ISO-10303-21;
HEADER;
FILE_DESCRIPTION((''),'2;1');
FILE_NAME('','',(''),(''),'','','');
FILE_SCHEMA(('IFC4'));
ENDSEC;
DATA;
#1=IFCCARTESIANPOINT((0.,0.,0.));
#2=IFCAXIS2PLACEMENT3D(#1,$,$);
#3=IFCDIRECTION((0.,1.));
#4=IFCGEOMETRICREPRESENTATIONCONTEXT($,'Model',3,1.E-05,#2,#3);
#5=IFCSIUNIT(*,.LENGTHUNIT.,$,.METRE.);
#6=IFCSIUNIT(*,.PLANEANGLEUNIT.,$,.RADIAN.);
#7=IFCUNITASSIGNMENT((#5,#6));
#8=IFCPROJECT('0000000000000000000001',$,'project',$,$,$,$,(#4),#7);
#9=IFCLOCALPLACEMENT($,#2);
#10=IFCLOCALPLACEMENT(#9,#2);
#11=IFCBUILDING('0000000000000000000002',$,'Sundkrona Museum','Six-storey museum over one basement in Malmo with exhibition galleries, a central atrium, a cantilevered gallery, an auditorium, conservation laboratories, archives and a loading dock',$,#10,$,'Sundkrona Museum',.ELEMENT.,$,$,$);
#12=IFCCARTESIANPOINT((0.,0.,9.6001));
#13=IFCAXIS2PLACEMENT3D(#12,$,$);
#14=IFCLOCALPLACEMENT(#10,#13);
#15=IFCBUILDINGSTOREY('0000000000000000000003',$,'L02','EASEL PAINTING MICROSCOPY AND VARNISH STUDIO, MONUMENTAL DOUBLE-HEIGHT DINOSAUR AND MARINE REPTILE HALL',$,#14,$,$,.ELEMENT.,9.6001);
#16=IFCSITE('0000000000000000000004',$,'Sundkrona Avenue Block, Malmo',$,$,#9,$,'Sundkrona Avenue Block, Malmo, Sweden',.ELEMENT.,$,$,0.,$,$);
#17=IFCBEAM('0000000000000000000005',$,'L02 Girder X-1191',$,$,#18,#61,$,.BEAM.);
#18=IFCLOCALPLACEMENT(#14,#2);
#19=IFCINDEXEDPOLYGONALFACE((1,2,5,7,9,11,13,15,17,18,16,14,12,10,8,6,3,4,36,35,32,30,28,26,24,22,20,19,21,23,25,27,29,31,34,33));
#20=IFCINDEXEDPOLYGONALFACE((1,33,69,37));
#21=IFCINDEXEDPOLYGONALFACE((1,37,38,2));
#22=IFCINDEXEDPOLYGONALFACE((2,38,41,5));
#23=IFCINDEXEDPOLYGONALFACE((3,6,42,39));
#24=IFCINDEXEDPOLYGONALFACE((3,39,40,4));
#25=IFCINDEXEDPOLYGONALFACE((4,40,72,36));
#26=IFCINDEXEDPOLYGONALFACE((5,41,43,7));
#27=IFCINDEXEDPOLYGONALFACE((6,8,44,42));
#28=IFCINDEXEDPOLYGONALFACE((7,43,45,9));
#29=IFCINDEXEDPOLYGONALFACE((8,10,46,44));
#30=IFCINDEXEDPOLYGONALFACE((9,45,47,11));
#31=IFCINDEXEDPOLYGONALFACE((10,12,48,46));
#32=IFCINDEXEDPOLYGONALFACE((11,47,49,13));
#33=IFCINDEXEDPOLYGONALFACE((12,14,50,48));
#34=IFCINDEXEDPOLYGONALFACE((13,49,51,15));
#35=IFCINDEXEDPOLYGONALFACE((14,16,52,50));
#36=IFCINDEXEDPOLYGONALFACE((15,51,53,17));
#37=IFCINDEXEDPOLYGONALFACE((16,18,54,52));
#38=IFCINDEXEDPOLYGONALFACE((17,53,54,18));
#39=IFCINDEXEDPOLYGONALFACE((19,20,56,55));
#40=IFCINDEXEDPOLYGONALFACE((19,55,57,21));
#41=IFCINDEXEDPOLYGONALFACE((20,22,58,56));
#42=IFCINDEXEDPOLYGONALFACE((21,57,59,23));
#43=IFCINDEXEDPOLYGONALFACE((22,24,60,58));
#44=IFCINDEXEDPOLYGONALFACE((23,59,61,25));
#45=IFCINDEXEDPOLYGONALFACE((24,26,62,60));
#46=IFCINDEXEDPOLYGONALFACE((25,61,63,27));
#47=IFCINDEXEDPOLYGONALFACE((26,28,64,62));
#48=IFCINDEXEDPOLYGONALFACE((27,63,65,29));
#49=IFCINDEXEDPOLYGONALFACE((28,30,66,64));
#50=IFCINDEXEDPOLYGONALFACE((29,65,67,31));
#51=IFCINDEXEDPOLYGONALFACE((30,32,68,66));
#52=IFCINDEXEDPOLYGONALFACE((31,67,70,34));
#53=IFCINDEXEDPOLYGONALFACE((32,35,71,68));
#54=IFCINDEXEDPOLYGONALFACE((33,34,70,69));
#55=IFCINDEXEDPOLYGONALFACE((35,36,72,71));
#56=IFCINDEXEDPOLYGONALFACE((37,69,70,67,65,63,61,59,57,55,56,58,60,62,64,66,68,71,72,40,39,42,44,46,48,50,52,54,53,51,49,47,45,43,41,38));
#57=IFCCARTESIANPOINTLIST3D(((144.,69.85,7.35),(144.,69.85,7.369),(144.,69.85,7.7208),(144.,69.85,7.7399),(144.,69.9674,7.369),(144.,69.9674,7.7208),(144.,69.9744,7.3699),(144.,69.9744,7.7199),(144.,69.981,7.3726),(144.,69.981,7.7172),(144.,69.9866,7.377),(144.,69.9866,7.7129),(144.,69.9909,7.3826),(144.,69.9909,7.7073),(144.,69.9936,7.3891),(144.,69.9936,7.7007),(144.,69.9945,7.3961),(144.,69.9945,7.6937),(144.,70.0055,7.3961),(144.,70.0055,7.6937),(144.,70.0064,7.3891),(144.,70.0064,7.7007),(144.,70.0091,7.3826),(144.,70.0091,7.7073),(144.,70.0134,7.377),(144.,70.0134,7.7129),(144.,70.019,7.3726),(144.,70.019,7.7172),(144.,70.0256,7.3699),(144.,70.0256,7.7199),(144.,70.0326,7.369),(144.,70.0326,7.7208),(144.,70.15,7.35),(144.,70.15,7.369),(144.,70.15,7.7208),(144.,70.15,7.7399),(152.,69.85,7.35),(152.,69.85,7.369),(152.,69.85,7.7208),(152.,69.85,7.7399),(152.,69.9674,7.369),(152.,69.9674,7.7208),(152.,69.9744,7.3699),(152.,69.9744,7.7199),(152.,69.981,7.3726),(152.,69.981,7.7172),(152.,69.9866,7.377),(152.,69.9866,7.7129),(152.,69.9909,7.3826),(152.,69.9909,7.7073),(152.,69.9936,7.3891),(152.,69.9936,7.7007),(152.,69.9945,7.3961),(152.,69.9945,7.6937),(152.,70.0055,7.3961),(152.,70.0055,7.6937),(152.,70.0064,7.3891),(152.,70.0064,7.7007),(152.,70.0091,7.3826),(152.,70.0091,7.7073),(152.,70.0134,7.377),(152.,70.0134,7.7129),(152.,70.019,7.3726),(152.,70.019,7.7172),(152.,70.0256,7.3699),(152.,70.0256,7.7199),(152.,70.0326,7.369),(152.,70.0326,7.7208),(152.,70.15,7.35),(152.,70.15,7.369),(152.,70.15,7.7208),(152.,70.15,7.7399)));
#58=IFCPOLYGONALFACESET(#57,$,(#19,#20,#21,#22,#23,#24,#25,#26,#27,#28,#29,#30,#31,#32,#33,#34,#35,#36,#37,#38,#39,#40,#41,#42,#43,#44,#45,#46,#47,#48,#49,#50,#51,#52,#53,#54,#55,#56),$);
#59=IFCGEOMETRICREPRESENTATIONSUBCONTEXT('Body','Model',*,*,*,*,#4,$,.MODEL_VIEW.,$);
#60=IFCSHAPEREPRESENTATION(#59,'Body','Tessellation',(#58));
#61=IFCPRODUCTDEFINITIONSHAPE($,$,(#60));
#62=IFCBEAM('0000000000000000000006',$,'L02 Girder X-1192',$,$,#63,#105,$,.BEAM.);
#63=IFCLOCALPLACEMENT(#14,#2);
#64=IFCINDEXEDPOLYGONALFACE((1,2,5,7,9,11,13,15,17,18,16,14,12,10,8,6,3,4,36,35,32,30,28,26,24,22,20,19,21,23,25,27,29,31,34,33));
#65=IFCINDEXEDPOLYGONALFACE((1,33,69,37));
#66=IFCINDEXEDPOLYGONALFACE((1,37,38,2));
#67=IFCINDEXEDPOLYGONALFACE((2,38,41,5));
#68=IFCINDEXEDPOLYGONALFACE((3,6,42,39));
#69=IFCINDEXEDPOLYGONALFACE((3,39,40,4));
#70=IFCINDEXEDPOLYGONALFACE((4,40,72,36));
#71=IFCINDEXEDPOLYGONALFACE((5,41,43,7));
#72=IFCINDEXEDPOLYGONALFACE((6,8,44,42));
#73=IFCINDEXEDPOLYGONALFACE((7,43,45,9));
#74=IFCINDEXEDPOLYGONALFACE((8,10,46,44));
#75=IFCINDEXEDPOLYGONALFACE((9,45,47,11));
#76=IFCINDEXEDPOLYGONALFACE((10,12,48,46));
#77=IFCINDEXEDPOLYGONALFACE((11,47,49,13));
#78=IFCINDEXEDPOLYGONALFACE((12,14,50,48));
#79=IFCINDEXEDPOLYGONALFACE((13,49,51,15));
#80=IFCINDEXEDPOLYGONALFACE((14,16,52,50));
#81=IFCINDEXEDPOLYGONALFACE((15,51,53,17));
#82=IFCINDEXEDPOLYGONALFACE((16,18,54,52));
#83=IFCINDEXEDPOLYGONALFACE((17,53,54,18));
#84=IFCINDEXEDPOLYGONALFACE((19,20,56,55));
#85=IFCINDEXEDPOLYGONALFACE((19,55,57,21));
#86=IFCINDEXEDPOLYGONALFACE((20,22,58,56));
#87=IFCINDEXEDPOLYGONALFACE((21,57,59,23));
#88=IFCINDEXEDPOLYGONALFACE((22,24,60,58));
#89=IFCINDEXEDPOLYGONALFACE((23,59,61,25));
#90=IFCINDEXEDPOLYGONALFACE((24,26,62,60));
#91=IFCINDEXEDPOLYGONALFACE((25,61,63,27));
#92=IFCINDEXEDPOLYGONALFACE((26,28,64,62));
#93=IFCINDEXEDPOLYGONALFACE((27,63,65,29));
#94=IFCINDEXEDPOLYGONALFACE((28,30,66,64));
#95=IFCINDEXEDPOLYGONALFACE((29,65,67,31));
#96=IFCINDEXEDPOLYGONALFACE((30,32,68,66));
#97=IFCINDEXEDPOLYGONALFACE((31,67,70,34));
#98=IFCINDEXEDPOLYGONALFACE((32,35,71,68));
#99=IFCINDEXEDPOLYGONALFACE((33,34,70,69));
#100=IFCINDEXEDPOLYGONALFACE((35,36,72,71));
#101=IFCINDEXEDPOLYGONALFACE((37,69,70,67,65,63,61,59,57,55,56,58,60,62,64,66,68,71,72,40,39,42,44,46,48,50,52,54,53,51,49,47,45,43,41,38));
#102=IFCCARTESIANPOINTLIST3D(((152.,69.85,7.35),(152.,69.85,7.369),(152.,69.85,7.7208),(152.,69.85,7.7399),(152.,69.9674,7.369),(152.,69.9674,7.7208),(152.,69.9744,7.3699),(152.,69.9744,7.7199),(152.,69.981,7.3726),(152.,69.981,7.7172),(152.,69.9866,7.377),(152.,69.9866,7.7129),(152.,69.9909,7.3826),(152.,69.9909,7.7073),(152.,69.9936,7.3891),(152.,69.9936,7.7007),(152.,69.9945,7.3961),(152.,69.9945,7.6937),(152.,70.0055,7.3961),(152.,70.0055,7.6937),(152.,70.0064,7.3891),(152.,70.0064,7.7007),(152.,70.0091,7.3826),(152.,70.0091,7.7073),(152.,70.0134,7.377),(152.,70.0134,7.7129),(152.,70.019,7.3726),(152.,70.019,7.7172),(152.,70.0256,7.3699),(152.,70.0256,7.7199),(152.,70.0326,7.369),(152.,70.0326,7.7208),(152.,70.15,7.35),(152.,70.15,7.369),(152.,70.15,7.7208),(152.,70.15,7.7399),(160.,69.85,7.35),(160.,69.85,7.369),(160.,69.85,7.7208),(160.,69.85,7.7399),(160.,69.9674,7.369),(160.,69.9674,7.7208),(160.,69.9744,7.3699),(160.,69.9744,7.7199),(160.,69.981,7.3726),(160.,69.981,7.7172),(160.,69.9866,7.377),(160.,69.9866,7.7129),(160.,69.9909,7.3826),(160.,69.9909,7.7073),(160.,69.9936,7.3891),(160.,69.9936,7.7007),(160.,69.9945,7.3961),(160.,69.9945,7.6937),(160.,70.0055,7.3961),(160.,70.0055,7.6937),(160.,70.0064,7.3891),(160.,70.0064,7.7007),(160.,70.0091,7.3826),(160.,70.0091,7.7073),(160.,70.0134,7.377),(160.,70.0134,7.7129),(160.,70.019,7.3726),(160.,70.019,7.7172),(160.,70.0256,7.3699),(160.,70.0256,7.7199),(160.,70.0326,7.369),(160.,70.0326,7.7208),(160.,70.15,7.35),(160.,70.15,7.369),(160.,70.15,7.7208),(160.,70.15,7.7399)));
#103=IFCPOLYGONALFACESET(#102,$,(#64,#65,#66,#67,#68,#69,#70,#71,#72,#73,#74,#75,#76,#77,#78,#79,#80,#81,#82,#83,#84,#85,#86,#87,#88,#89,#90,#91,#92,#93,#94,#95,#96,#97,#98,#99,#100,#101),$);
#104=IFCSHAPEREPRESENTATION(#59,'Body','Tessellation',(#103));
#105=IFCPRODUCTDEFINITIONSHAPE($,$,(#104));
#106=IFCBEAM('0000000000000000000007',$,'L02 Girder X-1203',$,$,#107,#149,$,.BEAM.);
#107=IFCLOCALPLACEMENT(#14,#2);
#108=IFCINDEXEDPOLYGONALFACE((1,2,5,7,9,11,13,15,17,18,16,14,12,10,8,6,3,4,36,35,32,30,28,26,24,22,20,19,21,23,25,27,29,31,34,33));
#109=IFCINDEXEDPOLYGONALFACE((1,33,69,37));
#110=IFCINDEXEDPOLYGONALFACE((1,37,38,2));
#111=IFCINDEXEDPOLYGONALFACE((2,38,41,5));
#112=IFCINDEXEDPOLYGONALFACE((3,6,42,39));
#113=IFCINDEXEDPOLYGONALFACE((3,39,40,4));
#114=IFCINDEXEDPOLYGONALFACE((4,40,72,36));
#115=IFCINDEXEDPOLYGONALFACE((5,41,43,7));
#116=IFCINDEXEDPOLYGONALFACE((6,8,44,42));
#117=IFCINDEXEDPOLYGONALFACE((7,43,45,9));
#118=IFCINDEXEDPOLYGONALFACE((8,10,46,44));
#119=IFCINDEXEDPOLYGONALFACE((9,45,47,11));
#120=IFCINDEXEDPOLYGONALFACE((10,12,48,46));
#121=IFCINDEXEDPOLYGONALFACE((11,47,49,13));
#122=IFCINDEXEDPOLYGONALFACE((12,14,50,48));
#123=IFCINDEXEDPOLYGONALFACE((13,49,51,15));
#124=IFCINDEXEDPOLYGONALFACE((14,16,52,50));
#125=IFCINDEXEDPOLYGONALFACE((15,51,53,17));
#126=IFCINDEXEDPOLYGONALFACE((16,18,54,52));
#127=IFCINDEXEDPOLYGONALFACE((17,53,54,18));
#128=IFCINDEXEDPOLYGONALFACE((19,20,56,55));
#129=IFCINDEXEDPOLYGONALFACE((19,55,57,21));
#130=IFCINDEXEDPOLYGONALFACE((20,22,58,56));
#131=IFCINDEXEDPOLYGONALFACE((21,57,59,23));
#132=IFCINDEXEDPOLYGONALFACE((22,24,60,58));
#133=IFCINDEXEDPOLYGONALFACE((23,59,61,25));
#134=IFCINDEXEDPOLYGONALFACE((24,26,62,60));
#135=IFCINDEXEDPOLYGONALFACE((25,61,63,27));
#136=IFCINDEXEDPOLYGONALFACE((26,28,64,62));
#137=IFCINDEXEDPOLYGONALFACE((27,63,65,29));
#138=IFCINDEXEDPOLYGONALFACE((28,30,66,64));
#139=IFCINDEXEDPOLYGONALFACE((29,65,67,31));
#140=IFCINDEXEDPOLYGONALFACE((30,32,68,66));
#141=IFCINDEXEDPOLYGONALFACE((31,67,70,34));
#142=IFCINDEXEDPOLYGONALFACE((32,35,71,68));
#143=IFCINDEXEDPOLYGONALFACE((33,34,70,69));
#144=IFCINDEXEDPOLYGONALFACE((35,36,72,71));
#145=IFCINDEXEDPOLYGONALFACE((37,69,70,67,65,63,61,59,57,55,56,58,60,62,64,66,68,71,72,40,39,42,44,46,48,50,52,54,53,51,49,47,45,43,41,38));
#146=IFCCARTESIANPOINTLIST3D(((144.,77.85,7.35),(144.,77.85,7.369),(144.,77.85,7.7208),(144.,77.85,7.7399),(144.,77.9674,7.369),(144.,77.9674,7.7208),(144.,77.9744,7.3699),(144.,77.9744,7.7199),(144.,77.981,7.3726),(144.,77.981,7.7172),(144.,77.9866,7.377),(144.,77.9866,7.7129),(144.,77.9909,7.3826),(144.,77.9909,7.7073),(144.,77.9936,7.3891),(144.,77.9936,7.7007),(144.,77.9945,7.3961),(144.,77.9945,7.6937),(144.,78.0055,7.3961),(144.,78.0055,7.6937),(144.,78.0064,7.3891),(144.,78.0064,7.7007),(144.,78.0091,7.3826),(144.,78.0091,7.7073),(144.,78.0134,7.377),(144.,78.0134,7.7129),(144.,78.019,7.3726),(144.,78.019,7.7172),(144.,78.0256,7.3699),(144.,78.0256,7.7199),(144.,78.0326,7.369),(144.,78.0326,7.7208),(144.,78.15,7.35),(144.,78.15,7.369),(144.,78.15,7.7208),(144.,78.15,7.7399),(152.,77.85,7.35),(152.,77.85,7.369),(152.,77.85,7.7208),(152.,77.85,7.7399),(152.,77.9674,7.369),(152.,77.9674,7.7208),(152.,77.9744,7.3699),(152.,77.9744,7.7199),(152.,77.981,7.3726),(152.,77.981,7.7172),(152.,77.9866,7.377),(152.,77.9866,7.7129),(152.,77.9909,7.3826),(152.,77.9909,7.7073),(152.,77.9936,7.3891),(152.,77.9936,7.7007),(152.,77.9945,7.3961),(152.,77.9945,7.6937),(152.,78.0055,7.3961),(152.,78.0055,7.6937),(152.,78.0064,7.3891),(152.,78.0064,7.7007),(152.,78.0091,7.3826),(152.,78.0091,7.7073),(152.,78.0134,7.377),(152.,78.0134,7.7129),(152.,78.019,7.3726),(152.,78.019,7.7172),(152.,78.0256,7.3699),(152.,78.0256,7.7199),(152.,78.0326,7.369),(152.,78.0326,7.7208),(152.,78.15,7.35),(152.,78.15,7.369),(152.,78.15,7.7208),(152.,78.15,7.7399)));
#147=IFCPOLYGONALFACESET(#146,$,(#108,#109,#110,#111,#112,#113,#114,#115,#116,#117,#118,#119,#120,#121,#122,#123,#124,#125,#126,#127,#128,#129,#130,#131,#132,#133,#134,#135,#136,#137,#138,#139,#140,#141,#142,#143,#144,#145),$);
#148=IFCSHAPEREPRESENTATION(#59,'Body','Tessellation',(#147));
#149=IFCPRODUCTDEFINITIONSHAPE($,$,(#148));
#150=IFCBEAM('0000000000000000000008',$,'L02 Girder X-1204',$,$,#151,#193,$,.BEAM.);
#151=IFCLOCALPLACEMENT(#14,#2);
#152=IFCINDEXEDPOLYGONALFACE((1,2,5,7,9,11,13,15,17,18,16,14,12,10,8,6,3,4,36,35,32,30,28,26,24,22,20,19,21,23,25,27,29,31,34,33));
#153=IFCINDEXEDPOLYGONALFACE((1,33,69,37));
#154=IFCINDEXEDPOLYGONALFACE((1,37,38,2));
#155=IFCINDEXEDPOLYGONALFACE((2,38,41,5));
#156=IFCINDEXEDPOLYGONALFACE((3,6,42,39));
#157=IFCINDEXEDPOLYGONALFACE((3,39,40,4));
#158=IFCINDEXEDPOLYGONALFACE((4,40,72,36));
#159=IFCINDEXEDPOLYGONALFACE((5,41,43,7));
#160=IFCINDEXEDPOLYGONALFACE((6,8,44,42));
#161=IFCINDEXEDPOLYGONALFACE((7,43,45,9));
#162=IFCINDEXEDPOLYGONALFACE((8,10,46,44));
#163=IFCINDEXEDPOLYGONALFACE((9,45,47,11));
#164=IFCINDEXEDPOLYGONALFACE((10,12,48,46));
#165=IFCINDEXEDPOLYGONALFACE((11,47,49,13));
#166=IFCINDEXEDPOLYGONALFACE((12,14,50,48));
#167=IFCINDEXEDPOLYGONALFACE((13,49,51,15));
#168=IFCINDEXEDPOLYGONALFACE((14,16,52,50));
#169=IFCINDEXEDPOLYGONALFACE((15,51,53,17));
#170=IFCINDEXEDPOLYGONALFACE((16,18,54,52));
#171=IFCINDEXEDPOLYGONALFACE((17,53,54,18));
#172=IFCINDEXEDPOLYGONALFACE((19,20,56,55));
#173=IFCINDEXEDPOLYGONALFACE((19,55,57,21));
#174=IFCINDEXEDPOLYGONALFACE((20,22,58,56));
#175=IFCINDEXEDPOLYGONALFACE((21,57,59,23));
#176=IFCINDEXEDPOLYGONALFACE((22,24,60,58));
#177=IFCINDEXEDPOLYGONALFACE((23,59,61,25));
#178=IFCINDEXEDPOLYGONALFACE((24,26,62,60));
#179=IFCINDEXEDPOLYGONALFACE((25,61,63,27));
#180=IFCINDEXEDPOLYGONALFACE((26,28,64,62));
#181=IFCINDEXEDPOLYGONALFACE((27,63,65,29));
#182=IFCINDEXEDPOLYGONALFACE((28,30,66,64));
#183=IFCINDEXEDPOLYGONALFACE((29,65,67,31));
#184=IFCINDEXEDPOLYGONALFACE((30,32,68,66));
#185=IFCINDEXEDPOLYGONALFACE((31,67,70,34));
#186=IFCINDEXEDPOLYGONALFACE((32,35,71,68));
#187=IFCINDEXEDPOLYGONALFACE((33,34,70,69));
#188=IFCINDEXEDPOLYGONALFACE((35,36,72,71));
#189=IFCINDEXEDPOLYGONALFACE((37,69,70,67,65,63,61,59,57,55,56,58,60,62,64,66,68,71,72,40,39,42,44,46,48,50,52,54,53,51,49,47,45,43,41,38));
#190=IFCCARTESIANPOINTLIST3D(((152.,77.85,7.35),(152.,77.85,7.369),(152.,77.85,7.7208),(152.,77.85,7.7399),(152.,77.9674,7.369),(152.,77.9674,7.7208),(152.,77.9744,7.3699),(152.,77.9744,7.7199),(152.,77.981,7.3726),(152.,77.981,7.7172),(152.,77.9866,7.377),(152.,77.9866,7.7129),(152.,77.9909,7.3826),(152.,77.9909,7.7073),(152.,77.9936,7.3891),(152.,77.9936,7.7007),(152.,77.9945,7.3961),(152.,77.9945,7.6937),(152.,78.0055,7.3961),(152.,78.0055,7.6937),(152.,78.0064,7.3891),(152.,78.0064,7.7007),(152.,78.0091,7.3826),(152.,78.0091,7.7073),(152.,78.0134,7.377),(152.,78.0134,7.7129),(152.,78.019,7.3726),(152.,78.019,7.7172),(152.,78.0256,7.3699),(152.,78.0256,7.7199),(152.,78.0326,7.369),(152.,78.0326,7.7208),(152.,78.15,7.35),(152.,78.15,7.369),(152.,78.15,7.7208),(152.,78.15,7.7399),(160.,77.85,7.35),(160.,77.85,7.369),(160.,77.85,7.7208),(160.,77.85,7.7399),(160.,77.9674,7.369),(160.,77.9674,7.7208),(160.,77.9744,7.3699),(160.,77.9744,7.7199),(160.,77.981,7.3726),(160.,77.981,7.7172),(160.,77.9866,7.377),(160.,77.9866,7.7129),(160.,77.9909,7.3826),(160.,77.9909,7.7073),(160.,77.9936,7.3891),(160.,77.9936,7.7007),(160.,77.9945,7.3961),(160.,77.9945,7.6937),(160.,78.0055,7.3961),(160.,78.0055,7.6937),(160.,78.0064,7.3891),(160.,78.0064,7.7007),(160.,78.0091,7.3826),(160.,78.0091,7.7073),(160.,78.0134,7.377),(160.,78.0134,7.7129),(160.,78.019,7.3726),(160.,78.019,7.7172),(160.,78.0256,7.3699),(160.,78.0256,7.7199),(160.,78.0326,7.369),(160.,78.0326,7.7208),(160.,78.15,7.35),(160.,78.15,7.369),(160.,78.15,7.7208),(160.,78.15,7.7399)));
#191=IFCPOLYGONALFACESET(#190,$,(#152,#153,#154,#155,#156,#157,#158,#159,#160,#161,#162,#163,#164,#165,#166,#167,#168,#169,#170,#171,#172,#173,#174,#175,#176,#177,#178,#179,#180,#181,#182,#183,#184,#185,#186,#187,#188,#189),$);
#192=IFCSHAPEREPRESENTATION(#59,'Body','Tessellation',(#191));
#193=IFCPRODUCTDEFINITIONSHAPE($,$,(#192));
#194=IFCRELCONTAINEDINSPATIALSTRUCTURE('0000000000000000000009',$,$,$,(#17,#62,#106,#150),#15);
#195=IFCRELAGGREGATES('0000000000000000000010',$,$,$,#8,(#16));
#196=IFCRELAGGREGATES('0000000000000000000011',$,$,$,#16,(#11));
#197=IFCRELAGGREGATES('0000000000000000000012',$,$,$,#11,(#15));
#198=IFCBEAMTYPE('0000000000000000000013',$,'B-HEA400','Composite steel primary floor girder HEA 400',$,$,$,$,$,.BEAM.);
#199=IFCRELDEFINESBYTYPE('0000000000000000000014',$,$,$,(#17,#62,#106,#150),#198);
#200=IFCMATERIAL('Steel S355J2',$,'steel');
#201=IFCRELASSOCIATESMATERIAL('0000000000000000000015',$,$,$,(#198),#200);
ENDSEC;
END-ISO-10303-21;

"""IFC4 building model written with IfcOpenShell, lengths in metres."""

from ifc_helpers import new_model, si_unit, direction, frame, origin, origin_2d, place, context, subcontext, project, spatial, i_section, extrude, material, material_profile, profile_set, type_object, element, save


model = new_model("IFC4")

# Units and contexts
model_context = context("Model", 3, precision=1e-05, world=origin(), true_north=direction((0.0, 1.0)))
body_context = subcontext(model_context, "Body", "Model", "MODEL_VIEW")
ifc_project = project(units=[si_unit("LENGTHUNIT", "METRE"), si_unit("PLANEANGLEUNIT", "RADIAN")], contexts=[model_context])

# Site, building, storey
site_placement = place(None, origin())
site = spatial("IfcSite", under=ifc_project, at=site_placement, Name="Sundkrona Avenue Block, Malmo", LongName="Sundkrona Avenue Block, Malmo, Sweden", CompositionType="ELEMENT", RefElevation=0.0)
building_placement = place(site_placement, origin())
building = spatial("IfcBuilding", under=site, at=building_placement, Name="Sundkrona Museum", Description="Six-storey museum over one basement in Malmo with exhibition galleries, a central atrium, a cantilevered gallery, an auditorium, conservation laboratories, archives and a loading dock", LongName="Sundkrona Museum", CompositionType="ELEMENT")
storey_placement = place(building_placement, frame((0.0, 0.0, 9.6001)))
storey = spatial("IfcBuildingStorey", under=building, at=storey_placement, Name="L02", Description="EASEL PAINTING MICROSCOPY AND VARNISH STUDIO, MONUMENTAL DOUBLE-HEIGHT DINOSAUR AND MARINE REPTILE HALL", CompositionType="ELEMENT", Elevation=9.6001)

# Shared definitions
ifc_material_1 = material(Name="Steel S355J2", Category="steel")

# Beams
ifc_material_profile_1 = material_profile(ifc_material_1, i_section(OverallWidth=0.3, OverallDepth=0.3899, WebThickness=0.011, FlangeThickness=0.019, FilletRadius=0.0271, at=origin_2d()), Name="HEA 400")
ifc_profile_set_1 = profile_set([ifc_material_profile_1], Name="Steel S355J2")
beam_type_1 = type_object("IfcBeamType", Name="B-HEA400", Description="Composite steel primary floor girder HEA 400", PredefinedType="BEAM", material=ifc_profile_set_1)
for number, where, z_axis, x_axis, name in (
    (1, (144.0, 70.0, 7.5449), (1.0, 0.0, 0.0), (0.0, 1.0, 0.0), "L02 Girder X-1191"),
    (2, (152.0, 70.0, 7.5449), (1.0, 0.0, 0.0), (0.0, 1.0, 0.0), "L02 Girder X-1192"),
    (3, (144.0, 78.0, 7.5449), (1.0, 0.0, 0.0), (0.0, 1.0, 0.0), "L02 Girder X-1203"),
    (4, (152.0, 78.0, 7.5449), (1.0, 0.0, 0.0), (0.0, 1.0, 0.0), "L02 Girder X-1204"),
):
    element("IfcBeam", number, at=place(storey_placement, frame(where, z_axis=z_axis, x_axis=x_axis)), inside=storey, type_object=beam_type_1, Name=name, PredefinedType="BEAM", context=body_context, shape_type="SweptSolid", body=[
        extrude(i_section(OverallWidth=0.3, OverallDepth=0.3899, WebThickness=0.011, FlangeThickness=0.019, FilletRadius=0.0271, at=origin_2d()), origin(), (0.0, 0.0, 1.0), 8.0),
    ])

save(model, "model.ifc")
